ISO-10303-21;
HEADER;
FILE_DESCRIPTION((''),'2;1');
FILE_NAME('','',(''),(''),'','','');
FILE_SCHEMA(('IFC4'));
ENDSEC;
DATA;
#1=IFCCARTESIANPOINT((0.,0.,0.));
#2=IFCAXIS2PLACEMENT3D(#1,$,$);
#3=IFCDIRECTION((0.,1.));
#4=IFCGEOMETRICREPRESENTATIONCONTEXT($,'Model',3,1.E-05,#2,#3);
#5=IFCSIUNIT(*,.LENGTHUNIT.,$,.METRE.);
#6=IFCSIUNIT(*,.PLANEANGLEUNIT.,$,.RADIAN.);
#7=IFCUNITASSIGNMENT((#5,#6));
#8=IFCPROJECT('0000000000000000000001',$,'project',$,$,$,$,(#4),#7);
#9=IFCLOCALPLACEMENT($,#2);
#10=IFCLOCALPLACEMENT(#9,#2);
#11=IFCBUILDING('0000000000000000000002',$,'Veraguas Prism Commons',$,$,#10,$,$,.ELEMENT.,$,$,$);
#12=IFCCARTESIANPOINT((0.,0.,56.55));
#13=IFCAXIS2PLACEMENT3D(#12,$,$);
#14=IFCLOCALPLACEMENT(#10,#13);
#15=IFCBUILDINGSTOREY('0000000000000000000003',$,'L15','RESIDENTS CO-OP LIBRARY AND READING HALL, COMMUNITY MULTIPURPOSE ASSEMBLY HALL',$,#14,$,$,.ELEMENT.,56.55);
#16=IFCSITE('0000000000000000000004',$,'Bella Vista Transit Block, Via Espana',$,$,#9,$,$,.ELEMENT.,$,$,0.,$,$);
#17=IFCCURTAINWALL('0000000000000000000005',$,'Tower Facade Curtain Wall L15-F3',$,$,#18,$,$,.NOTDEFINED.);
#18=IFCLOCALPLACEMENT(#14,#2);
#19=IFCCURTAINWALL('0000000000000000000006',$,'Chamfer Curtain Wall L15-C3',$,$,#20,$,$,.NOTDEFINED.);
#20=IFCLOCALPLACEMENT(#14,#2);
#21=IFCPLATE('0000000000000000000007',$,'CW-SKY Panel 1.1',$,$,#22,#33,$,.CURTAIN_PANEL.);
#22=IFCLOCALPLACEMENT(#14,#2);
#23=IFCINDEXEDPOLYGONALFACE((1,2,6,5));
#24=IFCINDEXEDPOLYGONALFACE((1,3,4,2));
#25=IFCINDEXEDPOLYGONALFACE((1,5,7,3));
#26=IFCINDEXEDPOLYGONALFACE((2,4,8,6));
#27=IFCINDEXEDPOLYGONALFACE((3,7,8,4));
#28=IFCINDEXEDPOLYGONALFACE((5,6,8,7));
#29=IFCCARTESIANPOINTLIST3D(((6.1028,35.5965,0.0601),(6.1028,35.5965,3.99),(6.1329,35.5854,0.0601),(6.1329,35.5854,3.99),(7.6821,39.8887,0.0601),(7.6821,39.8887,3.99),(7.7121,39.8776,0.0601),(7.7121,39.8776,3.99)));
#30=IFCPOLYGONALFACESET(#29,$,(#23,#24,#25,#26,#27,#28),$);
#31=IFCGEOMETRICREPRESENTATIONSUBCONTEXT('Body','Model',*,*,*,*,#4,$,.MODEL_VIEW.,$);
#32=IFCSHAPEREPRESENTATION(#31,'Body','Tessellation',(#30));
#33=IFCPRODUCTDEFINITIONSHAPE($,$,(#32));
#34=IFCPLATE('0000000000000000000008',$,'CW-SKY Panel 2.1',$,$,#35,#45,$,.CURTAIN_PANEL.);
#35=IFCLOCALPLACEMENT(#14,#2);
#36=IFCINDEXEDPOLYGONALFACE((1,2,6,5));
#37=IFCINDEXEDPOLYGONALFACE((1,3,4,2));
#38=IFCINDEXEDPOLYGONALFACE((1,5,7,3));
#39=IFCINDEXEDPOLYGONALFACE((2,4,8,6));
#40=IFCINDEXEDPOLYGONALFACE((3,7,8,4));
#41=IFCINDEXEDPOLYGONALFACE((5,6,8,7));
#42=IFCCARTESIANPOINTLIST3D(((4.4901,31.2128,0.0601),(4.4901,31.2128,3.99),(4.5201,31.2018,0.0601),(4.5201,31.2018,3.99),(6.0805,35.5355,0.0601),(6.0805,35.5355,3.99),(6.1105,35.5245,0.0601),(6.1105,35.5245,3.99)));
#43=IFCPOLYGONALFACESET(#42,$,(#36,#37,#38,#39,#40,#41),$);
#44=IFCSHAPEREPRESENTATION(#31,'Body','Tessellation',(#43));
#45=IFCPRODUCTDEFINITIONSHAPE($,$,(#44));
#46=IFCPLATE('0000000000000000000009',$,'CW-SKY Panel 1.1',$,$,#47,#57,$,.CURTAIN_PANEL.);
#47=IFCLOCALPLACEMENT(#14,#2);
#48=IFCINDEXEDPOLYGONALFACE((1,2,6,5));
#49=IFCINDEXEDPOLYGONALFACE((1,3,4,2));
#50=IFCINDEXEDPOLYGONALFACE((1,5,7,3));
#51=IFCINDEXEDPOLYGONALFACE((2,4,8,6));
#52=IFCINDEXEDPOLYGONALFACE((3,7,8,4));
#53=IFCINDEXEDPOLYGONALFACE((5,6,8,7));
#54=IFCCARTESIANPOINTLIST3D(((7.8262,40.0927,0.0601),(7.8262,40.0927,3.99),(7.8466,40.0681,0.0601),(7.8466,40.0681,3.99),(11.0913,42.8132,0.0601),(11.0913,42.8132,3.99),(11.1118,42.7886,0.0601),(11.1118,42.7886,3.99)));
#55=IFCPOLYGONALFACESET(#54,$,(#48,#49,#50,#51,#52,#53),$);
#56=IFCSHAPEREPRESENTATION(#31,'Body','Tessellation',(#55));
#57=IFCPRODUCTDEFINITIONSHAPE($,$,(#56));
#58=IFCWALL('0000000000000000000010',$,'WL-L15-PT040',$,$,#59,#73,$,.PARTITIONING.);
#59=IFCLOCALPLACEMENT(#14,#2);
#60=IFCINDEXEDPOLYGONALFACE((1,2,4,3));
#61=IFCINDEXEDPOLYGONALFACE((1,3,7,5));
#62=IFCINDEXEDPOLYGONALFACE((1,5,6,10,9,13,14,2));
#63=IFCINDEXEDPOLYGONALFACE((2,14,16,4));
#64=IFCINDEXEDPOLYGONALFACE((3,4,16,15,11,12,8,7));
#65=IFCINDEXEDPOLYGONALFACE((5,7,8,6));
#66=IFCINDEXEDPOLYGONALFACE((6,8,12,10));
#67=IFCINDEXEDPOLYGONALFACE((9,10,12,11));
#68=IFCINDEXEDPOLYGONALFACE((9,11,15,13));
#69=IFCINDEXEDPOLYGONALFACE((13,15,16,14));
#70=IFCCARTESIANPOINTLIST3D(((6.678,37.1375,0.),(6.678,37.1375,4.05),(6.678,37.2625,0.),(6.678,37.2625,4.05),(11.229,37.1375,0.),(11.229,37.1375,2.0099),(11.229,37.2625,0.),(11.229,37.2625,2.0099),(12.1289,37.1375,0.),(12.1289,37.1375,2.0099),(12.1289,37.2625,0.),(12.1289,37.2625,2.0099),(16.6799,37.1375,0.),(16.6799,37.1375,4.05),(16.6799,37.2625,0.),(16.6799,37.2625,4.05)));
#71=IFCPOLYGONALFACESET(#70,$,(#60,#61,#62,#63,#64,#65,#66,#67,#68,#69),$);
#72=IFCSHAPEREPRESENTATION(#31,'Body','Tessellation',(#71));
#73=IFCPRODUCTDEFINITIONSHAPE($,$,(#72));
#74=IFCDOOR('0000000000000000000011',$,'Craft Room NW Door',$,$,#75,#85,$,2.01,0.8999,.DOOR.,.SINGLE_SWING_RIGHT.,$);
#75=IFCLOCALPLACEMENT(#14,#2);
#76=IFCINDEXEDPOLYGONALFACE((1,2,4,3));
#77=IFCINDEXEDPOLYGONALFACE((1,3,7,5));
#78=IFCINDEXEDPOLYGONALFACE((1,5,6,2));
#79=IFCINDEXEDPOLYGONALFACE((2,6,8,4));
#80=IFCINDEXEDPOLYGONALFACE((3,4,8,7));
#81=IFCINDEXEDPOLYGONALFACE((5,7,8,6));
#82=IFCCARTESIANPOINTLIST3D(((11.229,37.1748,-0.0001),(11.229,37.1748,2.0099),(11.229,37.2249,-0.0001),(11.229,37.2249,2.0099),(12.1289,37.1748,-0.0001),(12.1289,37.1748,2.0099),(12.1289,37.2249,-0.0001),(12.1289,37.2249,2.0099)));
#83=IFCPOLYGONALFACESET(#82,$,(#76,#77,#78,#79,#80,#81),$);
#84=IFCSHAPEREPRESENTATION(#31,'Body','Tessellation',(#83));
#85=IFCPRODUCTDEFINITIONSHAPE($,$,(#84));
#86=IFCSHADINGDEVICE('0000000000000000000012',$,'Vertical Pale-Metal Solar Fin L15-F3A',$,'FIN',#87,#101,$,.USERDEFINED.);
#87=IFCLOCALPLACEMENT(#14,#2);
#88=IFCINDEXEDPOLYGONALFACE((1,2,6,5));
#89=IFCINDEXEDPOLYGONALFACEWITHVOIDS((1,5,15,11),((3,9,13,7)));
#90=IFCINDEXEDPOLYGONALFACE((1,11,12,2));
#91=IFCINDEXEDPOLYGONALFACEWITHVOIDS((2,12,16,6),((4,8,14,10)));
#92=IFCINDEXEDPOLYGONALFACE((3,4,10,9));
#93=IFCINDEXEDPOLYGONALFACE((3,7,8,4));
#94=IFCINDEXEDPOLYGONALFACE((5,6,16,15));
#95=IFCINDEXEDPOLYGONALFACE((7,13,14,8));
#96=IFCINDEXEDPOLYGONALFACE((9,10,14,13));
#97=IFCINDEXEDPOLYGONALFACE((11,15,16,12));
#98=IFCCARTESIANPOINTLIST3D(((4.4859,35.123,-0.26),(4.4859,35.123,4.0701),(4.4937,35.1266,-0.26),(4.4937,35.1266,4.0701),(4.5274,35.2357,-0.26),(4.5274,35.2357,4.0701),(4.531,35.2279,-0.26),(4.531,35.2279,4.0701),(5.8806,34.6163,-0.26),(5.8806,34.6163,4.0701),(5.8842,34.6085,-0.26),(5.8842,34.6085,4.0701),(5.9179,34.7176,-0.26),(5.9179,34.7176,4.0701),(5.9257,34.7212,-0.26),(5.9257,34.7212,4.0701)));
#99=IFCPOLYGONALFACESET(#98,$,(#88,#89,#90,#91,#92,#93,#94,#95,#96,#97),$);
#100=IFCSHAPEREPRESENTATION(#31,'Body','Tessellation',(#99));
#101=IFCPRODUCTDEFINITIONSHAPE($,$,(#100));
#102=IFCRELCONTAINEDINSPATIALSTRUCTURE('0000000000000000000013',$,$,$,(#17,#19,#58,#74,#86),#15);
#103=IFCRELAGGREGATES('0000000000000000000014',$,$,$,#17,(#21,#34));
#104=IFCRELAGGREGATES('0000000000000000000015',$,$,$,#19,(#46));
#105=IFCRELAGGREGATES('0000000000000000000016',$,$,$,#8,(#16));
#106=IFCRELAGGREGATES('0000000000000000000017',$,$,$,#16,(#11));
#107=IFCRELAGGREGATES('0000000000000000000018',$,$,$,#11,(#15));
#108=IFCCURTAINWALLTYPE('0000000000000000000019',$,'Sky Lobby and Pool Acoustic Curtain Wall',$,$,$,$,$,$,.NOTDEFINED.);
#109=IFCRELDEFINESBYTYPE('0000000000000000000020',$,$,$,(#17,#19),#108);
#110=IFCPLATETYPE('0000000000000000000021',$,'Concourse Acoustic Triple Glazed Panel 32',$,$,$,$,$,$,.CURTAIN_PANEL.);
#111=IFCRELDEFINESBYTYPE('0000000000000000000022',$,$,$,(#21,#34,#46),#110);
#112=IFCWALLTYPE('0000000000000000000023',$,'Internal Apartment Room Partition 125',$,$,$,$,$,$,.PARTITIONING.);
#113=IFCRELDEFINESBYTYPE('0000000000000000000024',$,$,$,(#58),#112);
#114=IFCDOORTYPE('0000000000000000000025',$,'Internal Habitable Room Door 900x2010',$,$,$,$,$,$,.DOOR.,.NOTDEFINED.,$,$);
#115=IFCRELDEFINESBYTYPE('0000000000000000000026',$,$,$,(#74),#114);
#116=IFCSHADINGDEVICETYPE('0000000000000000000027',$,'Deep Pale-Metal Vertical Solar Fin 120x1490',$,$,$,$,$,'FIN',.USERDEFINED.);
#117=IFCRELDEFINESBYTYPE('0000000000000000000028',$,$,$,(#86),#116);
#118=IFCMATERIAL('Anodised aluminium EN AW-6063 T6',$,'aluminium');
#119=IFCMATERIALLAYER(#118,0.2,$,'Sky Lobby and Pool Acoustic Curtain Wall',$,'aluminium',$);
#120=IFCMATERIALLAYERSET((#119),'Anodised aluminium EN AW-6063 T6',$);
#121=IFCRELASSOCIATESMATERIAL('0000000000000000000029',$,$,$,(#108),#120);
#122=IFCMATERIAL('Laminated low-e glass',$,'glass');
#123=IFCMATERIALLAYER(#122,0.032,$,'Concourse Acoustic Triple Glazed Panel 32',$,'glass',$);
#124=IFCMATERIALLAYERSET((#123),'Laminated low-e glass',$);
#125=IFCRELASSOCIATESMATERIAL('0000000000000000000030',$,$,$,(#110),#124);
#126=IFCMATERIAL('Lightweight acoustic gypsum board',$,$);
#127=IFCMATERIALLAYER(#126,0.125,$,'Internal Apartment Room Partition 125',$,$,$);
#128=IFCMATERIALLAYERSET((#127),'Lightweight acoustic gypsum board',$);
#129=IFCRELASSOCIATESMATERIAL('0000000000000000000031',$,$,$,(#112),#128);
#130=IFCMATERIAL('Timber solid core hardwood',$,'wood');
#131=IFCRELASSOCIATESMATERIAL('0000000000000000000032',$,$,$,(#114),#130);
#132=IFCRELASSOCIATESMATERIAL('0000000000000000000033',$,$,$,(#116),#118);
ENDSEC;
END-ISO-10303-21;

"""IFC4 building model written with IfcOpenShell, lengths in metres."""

from ifc_helpers import new_model, si_unit, direction, frame, frame_2d, origin, origin_2d, place, context, subcontext, project, spatial, rectangle, hollow_rectangle, extrude, source, transform, mapped, material, layer, layer_set, material_profile, profile_set, type_object, element, fill, aggregate, save


model = new_model("IFC4")

# Units and contexts
model_context = context("Model", 3, precision=1e-05, world=origin(), true_north=direction((0.0, 1.0)))
body_context = subcontext(model_context, "Body", "Model", "MODEL_VIEW")
ifc_project = project(units=[si_unit("LENGTHUNIT", "METRE"), si_unit("PLANEANGLEUNIT", "RADIAN")], contexts=[model_context])

# Site, building, storey
site_placement = place(None, origin())
site = spatial("IfcSite", under=ifc_project, at=site_placement, Name="Bella Vista Transit Block, Via Espana", CompositionType="ELEMENT", RefElevation=0.0)
building_placement = place(site_placement, origin())
building = spatial("IfcBuilding", under=site, at=building_placement, Name="Veraguas Prism Commons", CompositionType="ELEMENT")
storey_placement = place(building_placement, frame((0.0, 0.0, 56.55)))
storey = spatial("IfcBuildingStorey", under=building, at=storey_placement, Name="L15", Description="RESIDENTS CO-OP LIBRARY AND READING HALL, COMMUNITY MULTIPURPOSE ASSEMBLY HALL", CompositionType="ELEMENT", Elevation=56.55)

# Shared definitions
ifc_material_1 = material(Name="Anodised aluminium EN AW-6063 T6", Category="aluminium")
ifc_layer_1 = layer(ifc_material_1, 0.2, Name="Sky Lobby and Pool Acoustic Curtain Wall", Category="aluminium")
ifc_layer_set_1 = layer_set([ifc_layer_1], Name="Anodised aluminium EN AW-6063 T6")
curtain_wall_type = type_object("IfcCurtainWallType", Name="Sky Lobby and Pool Acoustic Curtain Wall", PredefinedType="NOTDEFINED", material=ifc_layer_set_1)

# Curtain walls
curtain_wall_1_placement = place(storey_placement, origin())
curtain_wall_1 = element("IfcCurtainWall", 1, at=curtain_wall_1_placement, inside=storey, type_object=curtain_wall_type, Name="Tower Facade Curtain Wall L15-F3", PredefinedType="NOTDEFINED")
curtain_wall_2_placement = place(storey_placement, origin())
curtain_wall_2 = element("IfcCurtainWall", 2, at=curtain_wall_2_placement, inside=storey, type_object=curtain_wall_type, Name="Chamfer Curtain Wall L15-C3", PredefinedType="NOTDEFINED")

# Plates
ifc_material_2 = material(Name="Laminated low-e glass", Category="glass")
ifc_layer_2 = layer(ifc_material_2, 0.032, Name="Concourse Acoustic Triple Glazed Panel 32", Category="glass")
ifc_layer_set_2 = layer_set([ifc_layer_2], Name="Laminated low-e glass")
plate_type = type_object("IfcPlateType", Name="Concourse Acoustic Triple Glazed Panel 32", PredefinedType="CURTAIN_PANEL", material=ifc_layer_set_2)
shared_shape_1 = source(origin(), body_context, "Body", "SweptSolid", [
    extrude(rectangle(XDim=4.5735, YDim=0.032, at=origin_2d()), origin(), (0.0, 0.0, 1.0), 3.9299),
])
plate_1_placement = place(storey_placement, frame((6.9075, 37.7371, 0.0601), z_axis=(0.0, 0.0, 1.0), x_axis=(-0.345301, -0.938492, 0.0)))
plate_1 = element("IfcPlate", 3, at=plate_1_placement, type_object=plate_type, Name="CW-SKY Panel 1.1", PredefinedType="CURTAIN_PANEL", context=body_context, shape_type="MappedRepresentation", body=[
    mapped(shared_shape_1, transform((0.0, 0.0, 0.0), scale=1.0)),
])
shared_shape_2 = source(origin(), body_context, "Body", "SweptSolid", [
    extrude(rectangle(XDim=4.606, YDim=0.032, at=origin_2d()), origin(), (0.0, 0.0, 1.0), 3.9299),
])
plate_2_placement = place(storey_placement, frame((5.3003, 33.3687, 0.0601), z_axis=(0.0, 0.0, 1.0), x_axis=(-0.345301, -0.938492, 0.0)))
plate_2 = element("IfcPlate", 4, at=plate_2_placement, type_object=plate_type, Name="CW-SKY Panel 2.1", PredefinedType="CURTAIN_PANEL", context=body_context, shape_type="MappedRepresentation", body=[
    mapped(shared_shape_2, transform((0.0, 0.0, 0.0), scale=1.0)),
])
aggregate(curtain_wall_1, [plate_1, plate_2])
shared_shape_3 = source(origin(), body_context, "Body", "SweptSolid", [
    extrude(rectangle(XDim=4.25, YDim=0.032, at=origin_2d()), origin(), (0.0, 0.0, 1.0), 3.9299),
])
plate_3_placement = place(storey_placement, frame((9.469, 41.4407, 0.0601), z_axis=(0.0, 0.0, 1.0), x_axis=(-0.768273, -0.640122, 0.0)))
plate_3 = element("IfcPlate", 5, at=plate_3_placement, type_object=plate_type, Name="CW-SKY Panel 1.1", PredefinedType="CURTAIN_PANEL", context=body_context, shape_type="MappedRepresentation", body=[
    mapped(shared_shape_3, transform((0.0, 0.0, 0.0), scale=1.0)),
])
aggregate(curtain_wall_2, [plate_3])

# Wall, opening, door
ifc_material_3 = material(Name="Lightweight acoustic gypsum board")
ifc_layer_3 = layer(ifc_material_3, 0.125, Name="Internal Apartment Room Partition 125")
ifc_layer_set_3 = layer_set([ifc_layer_3], Name="Lightweight acoustic gypsum board")
wall_type = type_object("IfcWallType", Name="Internal Apartment Room Partition 125", PredefinedType="PARTITIONING", material=ifc_layer_set_3)
wall_placement = place(storey_placement, frame((6.678, 37.2, 0.0), z_axis=(0.0, 0.0, 1.0), x_axis=(1.0, 0.0, 0.0)))
wall = element("IfcWall", 6, at=wall_placement, inside=storey, type_object=wall_type, Name="WL-L15-PT040", PredefinedType="PARTITIONING", context=body_context, shape_type="SweptSolid", body=[
    extrude(rectangle(XDim=10.002, YDim=0.125, at=frame_2d((5.001, 0.0))), origin(), (0.0, 0.0, 1.0), 4.05),
])
opening_placement = place(wall_placement, frame((4.551, 0.0, 0.0)))
opening = element("IfcOpeningElement", 7, at=opening_placement, cuts=wall, PredefinedType="OPENING", context=body_context, shape_type="SweptSolid", body=[
    extrude(rectangle(XDim=0.8999, YDim=2.01, at=frame_2d((0.45, 1.0049))), frame((0.0, 0.0725, 0.0), z_axis=(0.0, -1.0, 0.0), x_axis=(1.0, 0.0, 0.0)), (0.0, 0.0, 1.0), 0.145),
])
ifc_material_4 = material(Name="Timber solid core hardwood", Category="wood")
door_type = type_object("IfcDoorType", Name="Internal Habitable Room Door 900x2010", OperationType="NOTDEFINED", PredefinedType="DOOR", material=ifc_material_4)
shared_shape_4 = source(origin(), body_context, "Body", "SweptSolid", [
    extrude(rectangle(XDim=0.8999, YDim=2.01, at=frame_2d((0.45, 1.0049))), frame((0.0, 0.0249, 0.0), z_axis=(0.0, -1.0, 0.0), x_axis=(1.0, 0.0, 0.0)), (0.0, 0.0, 1.0), 0.05),
])
door_placement = place(opening_placement, origin())
door = element("IfcDoor", 8, at=door_placement, inside=storey, type_object=door_type, Name="Craft Room NW Door", OperationType="SINGLE_SWING_RIGHT", OverallHeight=2.01, OverallWidth=0.8999, PredefinedType="DOOR", context=body_context, shape_type="MappedRepresentation", body=[
    mapped(shared_shape_4, transform((0.0, 0.0, 0.0), scale=1.0)),
])
fill(opening, door)

# Shading device
ifc_material_profile_1 = material_profile(ifc_material_1, hollow_rectangle(XDim=0.1201, YDim=1.49, WallThickness=0.0061, at=origin_2d()), Name="FIN120X1490X6")
ifc_profile_set_1 = profile_set([ifc_material_profile_1], Name="Anodised aluminium EN AW-6063 T6")
shading_device_type = type_object("IfcShadingDeviceType", Name="Deep Pale-Metal Vertical Solar Fin 120x1490", ElementType="FIN", PredefinedType="USERDEFINED", material=ifc_profile_set_1)
shading_device_placement = place(storey_placement, frame((5.2058, 34.9221, -0.26), z_axis=(0.0, 0.0, 1.0), x_axis=(-0.345301, -0.938492, 0.0)))
element("IfcShadingDevice", 9, at=shading_device_placement, inside=storey, type_object=shading_device_type, Name="Vertical Pale-Metal Solar Fin L15-F3A", ObjectType="FIN", PredefinedType="USERDEFINED", context=body_context, shape_type="SweptSolid", body=[
    extrude(hollow_rectangle(XDim=0.1201, YDim=1.49, WallThickness=0.0061, at=origin_2d()), origin(), (0.0, 0.0, 1.0), 4.3301),
])

save(model, "model.ifc")
